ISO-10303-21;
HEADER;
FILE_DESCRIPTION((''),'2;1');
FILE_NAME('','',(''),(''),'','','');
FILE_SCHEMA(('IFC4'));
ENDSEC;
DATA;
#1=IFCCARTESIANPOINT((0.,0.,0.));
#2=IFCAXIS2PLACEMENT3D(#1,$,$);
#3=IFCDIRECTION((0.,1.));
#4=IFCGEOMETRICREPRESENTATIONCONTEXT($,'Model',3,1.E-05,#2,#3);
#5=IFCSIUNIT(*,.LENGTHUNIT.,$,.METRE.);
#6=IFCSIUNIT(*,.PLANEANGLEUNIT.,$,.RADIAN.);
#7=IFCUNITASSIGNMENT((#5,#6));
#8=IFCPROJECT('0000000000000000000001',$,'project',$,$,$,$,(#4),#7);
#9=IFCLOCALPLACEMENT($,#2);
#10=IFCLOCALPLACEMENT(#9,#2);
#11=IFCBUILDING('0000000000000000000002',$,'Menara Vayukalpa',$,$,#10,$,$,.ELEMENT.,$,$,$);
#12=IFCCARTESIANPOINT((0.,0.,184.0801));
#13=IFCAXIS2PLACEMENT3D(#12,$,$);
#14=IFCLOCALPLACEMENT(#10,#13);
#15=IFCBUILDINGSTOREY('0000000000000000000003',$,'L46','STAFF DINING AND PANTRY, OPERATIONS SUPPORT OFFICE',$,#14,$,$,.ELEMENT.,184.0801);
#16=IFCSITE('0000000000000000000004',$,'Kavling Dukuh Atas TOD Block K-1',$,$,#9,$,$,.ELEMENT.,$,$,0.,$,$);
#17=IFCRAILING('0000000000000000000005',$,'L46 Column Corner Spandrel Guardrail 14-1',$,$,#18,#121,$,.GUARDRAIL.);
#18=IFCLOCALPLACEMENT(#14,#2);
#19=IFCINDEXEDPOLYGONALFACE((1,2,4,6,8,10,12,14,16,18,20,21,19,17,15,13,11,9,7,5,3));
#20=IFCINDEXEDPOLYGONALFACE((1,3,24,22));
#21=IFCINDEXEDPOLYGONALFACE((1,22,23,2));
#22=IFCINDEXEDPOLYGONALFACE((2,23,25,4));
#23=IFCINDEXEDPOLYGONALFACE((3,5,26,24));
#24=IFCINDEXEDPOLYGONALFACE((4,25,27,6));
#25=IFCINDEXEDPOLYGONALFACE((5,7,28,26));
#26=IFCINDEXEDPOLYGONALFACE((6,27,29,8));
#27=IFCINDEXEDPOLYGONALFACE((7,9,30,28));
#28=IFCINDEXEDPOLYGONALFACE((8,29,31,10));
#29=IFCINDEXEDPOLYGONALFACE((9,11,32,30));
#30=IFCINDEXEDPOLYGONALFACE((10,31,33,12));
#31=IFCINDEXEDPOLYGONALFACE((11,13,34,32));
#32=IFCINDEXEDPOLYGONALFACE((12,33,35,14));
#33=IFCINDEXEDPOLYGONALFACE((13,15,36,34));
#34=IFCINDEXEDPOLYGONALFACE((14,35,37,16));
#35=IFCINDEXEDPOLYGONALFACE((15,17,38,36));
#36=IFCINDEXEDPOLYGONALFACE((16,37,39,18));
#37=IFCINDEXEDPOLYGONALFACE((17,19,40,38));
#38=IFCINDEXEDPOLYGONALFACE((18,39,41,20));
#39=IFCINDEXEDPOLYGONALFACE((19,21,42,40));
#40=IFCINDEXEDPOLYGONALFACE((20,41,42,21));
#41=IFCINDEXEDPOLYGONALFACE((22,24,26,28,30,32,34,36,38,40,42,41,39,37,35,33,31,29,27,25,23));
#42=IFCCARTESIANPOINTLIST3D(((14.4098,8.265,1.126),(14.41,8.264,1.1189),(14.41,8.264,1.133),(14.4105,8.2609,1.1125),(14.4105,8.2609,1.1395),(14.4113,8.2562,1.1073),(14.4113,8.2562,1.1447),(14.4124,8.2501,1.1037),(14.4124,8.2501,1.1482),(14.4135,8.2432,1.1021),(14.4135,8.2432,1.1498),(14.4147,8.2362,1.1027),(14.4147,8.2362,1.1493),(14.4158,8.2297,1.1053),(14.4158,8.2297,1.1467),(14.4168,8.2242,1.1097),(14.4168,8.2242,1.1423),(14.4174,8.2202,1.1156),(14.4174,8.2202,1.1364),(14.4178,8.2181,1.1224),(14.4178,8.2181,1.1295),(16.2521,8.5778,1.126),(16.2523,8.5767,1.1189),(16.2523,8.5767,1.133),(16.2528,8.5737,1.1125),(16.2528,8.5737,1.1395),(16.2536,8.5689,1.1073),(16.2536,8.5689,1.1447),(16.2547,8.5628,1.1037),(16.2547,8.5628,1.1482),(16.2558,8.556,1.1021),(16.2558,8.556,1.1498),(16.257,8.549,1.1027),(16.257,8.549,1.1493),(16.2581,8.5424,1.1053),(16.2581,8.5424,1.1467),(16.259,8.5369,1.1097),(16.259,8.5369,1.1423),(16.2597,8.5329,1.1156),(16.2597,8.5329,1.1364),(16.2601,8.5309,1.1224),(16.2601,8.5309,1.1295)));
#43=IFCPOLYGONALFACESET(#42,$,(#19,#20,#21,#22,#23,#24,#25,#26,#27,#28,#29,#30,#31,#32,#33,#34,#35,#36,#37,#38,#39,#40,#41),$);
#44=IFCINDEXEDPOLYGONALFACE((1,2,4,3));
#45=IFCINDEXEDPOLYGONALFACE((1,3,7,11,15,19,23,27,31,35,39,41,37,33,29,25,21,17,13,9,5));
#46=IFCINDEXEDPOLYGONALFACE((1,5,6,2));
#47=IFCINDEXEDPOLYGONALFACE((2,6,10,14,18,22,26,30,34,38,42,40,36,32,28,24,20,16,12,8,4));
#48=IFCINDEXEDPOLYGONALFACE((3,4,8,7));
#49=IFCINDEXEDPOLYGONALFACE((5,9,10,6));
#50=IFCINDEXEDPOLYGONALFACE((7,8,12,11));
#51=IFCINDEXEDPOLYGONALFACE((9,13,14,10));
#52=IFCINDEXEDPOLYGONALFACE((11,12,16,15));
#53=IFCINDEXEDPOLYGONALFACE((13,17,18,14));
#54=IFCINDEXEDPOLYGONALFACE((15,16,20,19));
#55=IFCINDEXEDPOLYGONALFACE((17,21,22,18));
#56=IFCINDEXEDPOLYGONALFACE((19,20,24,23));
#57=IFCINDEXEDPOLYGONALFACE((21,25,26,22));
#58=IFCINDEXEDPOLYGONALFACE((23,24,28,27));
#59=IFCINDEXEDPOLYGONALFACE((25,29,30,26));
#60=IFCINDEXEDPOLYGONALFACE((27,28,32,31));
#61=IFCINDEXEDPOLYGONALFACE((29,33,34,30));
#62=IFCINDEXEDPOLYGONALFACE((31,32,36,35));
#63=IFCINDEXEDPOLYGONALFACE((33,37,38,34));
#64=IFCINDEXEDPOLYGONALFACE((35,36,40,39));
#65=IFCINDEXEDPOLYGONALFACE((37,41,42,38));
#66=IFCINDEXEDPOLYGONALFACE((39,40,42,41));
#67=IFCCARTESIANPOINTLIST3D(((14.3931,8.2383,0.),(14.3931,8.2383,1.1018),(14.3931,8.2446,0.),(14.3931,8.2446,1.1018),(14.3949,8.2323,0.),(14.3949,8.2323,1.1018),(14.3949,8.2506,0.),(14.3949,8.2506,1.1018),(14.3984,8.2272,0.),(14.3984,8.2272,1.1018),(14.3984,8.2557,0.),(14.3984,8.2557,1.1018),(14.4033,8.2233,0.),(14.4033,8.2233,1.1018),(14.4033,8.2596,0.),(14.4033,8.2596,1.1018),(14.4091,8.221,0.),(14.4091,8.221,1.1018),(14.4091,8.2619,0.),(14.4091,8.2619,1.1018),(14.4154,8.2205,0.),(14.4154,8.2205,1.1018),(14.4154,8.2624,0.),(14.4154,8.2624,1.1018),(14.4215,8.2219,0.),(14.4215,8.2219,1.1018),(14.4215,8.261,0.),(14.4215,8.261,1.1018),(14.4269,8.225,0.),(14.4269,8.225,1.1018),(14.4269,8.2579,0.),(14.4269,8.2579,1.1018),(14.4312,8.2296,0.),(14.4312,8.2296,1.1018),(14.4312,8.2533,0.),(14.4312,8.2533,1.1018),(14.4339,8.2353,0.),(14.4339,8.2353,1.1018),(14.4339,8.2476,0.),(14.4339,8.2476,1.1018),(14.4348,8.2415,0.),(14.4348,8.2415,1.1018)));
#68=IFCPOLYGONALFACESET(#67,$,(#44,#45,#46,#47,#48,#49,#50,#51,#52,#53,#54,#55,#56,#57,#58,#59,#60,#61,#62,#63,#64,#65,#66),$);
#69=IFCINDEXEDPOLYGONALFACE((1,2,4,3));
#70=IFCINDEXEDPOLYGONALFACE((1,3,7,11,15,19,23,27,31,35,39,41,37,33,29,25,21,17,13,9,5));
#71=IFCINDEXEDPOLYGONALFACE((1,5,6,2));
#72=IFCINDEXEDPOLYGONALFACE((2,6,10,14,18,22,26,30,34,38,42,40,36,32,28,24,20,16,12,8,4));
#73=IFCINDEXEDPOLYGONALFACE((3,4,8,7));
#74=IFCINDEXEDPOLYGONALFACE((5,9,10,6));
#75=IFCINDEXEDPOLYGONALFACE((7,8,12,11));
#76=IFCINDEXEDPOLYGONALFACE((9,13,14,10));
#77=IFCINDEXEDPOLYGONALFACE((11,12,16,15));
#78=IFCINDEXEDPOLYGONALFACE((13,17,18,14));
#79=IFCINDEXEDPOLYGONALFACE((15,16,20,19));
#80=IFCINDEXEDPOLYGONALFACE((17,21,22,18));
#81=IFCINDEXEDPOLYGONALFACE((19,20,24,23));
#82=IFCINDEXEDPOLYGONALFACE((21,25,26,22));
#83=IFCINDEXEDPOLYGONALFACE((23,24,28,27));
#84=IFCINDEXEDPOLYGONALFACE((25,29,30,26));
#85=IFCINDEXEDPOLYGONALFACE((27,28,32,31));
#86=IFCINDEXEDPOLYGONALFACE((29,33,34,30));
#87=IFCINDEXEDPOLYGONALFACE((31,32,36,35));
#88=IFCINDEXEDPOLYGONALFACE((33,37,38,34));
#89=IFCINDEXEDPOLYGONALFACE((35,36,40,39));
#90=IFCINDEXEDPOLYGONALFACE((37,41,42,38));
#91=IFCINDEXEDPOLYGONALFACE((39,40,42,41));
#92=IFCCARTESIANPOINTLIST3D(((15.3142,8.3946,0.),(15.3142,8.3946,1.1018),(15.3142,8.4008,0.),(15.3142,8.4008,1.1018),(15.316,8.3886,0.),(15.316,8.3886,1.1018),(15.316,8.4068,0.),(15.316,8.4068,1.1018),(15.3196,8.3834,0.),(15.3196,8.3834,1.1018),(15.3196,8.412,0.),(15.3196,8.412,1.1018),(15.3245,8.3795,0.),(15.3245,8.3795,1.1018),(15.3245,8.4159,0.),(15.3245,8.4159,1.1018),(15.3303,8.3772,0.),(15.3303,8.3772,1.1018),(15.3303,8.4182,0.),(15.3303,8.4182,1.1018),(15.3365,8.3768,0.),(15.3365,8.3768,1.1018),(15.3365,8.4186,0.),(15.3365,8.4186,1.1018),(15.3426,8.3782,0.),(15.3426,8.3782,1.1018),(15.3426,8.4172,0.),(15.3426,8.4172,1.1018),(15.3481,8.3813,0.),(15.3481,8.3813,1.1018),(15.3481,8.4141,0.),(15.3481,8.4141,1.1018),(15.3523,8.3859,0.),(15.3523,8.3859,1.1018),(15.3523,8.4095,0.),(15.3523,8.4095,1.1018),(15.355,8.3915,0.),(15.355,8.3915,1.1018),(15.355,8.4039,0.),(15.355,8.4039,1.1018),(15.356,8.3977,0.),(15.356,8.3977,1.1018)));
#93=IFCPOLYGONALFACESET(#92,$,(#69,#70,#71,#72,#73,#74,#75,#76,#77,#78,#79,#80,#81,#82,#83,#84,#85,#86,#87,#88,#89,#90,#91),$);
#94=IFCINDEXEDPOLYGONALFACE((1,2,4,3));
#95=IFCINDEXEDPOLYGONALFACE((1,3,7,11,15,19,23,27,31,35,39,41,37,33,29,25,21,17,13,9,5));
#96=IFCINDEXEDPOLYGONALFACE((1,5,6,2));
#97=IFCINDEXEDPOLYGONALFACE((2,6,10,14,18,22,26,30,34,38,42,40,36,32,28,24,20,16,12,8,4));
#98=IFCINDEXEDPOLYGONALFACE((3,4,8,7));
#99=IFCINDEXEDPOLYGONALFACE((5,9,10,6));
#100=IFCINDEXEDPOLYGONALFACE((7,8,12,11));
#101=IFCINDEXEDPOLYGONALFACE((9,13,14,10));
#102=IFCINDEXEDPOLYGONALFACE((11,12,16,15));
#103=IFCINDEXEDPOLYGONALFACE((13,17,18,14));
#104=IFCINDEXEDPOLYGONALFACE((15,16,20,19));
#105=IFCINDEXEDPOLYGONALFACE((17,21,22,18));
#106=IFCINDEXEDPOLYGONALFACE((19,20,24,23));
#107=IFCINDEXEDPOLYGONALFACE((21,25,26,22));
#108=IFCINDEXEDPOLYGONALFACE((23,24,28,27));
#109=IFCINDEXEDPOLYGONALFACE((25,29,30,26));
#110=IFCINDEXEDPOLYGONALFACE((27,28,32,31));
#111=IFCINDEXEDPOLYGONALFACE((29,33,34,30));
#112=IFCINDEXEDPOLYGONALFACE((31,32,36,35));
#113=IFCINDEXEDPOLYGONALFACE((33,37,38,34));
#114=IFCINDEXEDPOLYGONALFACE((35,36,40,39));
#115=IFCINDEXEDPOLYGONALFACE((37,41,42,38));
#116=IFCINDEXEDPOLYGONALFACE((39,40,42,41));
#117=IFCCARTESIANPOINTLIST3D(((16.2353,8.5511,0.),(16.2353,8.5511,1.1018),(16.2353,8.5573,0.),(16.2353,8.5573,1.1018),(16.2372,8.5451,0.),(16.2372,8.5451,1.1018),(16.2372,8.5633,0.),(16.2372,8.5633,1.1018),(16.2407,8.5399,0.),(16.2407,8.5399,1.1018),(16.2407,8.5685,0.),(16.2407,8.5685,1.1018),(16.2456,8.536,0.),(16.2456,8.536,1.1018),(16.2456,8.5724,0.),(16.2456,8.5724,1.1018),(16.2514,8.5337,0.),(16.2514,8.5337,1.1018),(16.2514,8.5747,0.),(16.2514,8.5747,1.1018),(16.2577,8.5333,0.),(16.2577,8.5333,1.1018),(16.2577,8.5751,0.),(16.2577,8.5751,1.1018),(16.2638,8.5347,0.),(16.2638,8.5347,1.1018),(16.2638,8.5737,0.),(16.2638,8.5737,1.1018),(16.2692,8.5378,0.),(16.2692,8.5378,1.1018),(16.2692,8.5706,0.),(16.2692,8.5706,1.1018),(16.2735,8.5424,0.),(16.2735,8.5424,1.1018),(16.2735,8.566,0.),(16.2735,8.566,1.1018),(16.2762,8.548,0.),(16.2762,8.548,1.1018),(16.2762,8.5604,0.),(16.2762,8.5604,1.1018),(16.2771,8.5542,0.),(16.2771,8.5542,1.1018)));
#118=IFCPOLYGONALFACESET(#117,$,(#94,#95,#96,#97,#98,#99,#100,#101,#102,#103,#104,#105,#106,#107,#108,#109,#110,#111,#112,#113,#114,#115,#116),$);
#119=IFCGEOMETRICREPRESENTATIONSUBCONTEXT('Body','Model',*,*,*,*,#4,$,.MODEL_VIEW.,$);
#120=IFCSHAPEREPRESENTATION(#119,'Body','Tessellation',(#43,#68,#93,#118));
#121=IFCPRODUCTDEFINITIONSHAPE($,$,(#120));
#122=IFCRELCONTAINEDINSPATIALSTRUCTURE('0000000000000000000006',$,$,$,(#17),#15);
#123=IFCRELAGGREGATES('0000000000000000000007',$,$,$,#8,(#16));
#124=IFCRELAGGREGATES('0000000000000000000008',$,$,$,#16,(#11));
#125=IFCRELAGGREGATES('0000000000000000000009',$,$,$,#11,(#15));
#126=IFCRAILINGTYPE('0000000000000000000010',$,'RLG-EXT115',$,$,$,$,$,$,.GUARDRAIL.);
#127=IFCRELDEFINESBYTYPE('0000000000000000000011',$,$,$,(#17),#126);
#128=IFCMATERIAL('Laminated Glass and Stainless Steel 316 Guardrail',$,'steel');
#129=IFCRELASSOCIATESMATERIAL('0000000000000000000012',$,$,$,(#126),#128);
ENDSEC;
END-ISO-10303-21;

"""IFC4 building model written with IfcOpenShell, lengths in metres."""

from ifc_helpers import new_model, si_unit, direction, frame, origin, origin_2d, place, context, subcontext, project, spatial, circle, extrude, material, type_object, element, save


model = new_model("IFC4")

# Units and contexts
model_context = context("Model", 3, precision=1e-05, world=origin(), true_north=direction((0.0, 1.0)))
body_context = subcontext(model_context, "Body", "Model", "MODEL_VIEW")
ifc_project = project(units=[si_unit("LENGTHUNIT", "METRE"), si_unit("PLANEANGLEUNIT", "RADIAN")], contexts=[model_context])

# Site, building, storey
site_placement = place(None, origin())
site = spatial("IfcSite", under=ifc_project, at=site_placement, Name="Kavling Dukuh Atas TOD Block K-1", CompositionType="ELEMENT", RefElevation=0.0)
building_placement = place(site_placement, origin())
building = spatial("IfcBuilding", under=site, at=building_placement, Name="Menara Vayukalpa", CompositionType="ELEMENT")
storey_placement = place(building_placement, frame((0.0, 0.0, 184.0801)))
storey = spatial("IfcBuildingStorey", under=building, at=storey_placement, Name="L46", Description="STAFF DINING AND PANTRY, OPERATIONS SUPPORT OFFICE", CompositionType="ELEMENT", Elevation=184.0801)

# Railing
ifc_material_1 = material(Name="Laminated Glass and Stainless Steel 316 Guardrail", Category="steel")
railing_type = type_object("IfcRailingType", Name="RLG-EXT115", PredefinedType="GUARDRAIL", material=ifc_material_1)
railing_placement = place(storey_placement, frame((14.4138, 8.2415, 0.0)))
element("IfcRailing", 1, at=railing_placement, inside=storey, type_object=railing_type, Name="L46 Column Corner Spandrel Guardrail 14-1", PredefinedType="GUARDRAIL", context=body_context, shape_type="SweptSolid", body=[
    extrude(circle(Radius=0.0239, at=origin_2d()), frame((0.0, 0.0, 1.126), z_axis=(0.985895, 0.167364, 0.0), x_axis=(-0.167364, 0.985895, 0.0)), (0.0, 0.0, 1.0), 1.8687),
    extrude(circle(Radius=0.021, at=origin_2d()), origin(), (0.0, 0.0, 1.0), 1.1018),
    extrude(circle(Radius=0.021, at=origin_2d()), frame((0.9211, 0.1562, 0.0)), (0.0, 0.0, 1.0), 1.1018),
    extrude(circle(Radius=0.021, at=origin_2d()), frame((1.8423, 0.3127, 0.0)), (0.0, 0.0, 1.0), 1.1018),
])

save(model, "model.ifc")
